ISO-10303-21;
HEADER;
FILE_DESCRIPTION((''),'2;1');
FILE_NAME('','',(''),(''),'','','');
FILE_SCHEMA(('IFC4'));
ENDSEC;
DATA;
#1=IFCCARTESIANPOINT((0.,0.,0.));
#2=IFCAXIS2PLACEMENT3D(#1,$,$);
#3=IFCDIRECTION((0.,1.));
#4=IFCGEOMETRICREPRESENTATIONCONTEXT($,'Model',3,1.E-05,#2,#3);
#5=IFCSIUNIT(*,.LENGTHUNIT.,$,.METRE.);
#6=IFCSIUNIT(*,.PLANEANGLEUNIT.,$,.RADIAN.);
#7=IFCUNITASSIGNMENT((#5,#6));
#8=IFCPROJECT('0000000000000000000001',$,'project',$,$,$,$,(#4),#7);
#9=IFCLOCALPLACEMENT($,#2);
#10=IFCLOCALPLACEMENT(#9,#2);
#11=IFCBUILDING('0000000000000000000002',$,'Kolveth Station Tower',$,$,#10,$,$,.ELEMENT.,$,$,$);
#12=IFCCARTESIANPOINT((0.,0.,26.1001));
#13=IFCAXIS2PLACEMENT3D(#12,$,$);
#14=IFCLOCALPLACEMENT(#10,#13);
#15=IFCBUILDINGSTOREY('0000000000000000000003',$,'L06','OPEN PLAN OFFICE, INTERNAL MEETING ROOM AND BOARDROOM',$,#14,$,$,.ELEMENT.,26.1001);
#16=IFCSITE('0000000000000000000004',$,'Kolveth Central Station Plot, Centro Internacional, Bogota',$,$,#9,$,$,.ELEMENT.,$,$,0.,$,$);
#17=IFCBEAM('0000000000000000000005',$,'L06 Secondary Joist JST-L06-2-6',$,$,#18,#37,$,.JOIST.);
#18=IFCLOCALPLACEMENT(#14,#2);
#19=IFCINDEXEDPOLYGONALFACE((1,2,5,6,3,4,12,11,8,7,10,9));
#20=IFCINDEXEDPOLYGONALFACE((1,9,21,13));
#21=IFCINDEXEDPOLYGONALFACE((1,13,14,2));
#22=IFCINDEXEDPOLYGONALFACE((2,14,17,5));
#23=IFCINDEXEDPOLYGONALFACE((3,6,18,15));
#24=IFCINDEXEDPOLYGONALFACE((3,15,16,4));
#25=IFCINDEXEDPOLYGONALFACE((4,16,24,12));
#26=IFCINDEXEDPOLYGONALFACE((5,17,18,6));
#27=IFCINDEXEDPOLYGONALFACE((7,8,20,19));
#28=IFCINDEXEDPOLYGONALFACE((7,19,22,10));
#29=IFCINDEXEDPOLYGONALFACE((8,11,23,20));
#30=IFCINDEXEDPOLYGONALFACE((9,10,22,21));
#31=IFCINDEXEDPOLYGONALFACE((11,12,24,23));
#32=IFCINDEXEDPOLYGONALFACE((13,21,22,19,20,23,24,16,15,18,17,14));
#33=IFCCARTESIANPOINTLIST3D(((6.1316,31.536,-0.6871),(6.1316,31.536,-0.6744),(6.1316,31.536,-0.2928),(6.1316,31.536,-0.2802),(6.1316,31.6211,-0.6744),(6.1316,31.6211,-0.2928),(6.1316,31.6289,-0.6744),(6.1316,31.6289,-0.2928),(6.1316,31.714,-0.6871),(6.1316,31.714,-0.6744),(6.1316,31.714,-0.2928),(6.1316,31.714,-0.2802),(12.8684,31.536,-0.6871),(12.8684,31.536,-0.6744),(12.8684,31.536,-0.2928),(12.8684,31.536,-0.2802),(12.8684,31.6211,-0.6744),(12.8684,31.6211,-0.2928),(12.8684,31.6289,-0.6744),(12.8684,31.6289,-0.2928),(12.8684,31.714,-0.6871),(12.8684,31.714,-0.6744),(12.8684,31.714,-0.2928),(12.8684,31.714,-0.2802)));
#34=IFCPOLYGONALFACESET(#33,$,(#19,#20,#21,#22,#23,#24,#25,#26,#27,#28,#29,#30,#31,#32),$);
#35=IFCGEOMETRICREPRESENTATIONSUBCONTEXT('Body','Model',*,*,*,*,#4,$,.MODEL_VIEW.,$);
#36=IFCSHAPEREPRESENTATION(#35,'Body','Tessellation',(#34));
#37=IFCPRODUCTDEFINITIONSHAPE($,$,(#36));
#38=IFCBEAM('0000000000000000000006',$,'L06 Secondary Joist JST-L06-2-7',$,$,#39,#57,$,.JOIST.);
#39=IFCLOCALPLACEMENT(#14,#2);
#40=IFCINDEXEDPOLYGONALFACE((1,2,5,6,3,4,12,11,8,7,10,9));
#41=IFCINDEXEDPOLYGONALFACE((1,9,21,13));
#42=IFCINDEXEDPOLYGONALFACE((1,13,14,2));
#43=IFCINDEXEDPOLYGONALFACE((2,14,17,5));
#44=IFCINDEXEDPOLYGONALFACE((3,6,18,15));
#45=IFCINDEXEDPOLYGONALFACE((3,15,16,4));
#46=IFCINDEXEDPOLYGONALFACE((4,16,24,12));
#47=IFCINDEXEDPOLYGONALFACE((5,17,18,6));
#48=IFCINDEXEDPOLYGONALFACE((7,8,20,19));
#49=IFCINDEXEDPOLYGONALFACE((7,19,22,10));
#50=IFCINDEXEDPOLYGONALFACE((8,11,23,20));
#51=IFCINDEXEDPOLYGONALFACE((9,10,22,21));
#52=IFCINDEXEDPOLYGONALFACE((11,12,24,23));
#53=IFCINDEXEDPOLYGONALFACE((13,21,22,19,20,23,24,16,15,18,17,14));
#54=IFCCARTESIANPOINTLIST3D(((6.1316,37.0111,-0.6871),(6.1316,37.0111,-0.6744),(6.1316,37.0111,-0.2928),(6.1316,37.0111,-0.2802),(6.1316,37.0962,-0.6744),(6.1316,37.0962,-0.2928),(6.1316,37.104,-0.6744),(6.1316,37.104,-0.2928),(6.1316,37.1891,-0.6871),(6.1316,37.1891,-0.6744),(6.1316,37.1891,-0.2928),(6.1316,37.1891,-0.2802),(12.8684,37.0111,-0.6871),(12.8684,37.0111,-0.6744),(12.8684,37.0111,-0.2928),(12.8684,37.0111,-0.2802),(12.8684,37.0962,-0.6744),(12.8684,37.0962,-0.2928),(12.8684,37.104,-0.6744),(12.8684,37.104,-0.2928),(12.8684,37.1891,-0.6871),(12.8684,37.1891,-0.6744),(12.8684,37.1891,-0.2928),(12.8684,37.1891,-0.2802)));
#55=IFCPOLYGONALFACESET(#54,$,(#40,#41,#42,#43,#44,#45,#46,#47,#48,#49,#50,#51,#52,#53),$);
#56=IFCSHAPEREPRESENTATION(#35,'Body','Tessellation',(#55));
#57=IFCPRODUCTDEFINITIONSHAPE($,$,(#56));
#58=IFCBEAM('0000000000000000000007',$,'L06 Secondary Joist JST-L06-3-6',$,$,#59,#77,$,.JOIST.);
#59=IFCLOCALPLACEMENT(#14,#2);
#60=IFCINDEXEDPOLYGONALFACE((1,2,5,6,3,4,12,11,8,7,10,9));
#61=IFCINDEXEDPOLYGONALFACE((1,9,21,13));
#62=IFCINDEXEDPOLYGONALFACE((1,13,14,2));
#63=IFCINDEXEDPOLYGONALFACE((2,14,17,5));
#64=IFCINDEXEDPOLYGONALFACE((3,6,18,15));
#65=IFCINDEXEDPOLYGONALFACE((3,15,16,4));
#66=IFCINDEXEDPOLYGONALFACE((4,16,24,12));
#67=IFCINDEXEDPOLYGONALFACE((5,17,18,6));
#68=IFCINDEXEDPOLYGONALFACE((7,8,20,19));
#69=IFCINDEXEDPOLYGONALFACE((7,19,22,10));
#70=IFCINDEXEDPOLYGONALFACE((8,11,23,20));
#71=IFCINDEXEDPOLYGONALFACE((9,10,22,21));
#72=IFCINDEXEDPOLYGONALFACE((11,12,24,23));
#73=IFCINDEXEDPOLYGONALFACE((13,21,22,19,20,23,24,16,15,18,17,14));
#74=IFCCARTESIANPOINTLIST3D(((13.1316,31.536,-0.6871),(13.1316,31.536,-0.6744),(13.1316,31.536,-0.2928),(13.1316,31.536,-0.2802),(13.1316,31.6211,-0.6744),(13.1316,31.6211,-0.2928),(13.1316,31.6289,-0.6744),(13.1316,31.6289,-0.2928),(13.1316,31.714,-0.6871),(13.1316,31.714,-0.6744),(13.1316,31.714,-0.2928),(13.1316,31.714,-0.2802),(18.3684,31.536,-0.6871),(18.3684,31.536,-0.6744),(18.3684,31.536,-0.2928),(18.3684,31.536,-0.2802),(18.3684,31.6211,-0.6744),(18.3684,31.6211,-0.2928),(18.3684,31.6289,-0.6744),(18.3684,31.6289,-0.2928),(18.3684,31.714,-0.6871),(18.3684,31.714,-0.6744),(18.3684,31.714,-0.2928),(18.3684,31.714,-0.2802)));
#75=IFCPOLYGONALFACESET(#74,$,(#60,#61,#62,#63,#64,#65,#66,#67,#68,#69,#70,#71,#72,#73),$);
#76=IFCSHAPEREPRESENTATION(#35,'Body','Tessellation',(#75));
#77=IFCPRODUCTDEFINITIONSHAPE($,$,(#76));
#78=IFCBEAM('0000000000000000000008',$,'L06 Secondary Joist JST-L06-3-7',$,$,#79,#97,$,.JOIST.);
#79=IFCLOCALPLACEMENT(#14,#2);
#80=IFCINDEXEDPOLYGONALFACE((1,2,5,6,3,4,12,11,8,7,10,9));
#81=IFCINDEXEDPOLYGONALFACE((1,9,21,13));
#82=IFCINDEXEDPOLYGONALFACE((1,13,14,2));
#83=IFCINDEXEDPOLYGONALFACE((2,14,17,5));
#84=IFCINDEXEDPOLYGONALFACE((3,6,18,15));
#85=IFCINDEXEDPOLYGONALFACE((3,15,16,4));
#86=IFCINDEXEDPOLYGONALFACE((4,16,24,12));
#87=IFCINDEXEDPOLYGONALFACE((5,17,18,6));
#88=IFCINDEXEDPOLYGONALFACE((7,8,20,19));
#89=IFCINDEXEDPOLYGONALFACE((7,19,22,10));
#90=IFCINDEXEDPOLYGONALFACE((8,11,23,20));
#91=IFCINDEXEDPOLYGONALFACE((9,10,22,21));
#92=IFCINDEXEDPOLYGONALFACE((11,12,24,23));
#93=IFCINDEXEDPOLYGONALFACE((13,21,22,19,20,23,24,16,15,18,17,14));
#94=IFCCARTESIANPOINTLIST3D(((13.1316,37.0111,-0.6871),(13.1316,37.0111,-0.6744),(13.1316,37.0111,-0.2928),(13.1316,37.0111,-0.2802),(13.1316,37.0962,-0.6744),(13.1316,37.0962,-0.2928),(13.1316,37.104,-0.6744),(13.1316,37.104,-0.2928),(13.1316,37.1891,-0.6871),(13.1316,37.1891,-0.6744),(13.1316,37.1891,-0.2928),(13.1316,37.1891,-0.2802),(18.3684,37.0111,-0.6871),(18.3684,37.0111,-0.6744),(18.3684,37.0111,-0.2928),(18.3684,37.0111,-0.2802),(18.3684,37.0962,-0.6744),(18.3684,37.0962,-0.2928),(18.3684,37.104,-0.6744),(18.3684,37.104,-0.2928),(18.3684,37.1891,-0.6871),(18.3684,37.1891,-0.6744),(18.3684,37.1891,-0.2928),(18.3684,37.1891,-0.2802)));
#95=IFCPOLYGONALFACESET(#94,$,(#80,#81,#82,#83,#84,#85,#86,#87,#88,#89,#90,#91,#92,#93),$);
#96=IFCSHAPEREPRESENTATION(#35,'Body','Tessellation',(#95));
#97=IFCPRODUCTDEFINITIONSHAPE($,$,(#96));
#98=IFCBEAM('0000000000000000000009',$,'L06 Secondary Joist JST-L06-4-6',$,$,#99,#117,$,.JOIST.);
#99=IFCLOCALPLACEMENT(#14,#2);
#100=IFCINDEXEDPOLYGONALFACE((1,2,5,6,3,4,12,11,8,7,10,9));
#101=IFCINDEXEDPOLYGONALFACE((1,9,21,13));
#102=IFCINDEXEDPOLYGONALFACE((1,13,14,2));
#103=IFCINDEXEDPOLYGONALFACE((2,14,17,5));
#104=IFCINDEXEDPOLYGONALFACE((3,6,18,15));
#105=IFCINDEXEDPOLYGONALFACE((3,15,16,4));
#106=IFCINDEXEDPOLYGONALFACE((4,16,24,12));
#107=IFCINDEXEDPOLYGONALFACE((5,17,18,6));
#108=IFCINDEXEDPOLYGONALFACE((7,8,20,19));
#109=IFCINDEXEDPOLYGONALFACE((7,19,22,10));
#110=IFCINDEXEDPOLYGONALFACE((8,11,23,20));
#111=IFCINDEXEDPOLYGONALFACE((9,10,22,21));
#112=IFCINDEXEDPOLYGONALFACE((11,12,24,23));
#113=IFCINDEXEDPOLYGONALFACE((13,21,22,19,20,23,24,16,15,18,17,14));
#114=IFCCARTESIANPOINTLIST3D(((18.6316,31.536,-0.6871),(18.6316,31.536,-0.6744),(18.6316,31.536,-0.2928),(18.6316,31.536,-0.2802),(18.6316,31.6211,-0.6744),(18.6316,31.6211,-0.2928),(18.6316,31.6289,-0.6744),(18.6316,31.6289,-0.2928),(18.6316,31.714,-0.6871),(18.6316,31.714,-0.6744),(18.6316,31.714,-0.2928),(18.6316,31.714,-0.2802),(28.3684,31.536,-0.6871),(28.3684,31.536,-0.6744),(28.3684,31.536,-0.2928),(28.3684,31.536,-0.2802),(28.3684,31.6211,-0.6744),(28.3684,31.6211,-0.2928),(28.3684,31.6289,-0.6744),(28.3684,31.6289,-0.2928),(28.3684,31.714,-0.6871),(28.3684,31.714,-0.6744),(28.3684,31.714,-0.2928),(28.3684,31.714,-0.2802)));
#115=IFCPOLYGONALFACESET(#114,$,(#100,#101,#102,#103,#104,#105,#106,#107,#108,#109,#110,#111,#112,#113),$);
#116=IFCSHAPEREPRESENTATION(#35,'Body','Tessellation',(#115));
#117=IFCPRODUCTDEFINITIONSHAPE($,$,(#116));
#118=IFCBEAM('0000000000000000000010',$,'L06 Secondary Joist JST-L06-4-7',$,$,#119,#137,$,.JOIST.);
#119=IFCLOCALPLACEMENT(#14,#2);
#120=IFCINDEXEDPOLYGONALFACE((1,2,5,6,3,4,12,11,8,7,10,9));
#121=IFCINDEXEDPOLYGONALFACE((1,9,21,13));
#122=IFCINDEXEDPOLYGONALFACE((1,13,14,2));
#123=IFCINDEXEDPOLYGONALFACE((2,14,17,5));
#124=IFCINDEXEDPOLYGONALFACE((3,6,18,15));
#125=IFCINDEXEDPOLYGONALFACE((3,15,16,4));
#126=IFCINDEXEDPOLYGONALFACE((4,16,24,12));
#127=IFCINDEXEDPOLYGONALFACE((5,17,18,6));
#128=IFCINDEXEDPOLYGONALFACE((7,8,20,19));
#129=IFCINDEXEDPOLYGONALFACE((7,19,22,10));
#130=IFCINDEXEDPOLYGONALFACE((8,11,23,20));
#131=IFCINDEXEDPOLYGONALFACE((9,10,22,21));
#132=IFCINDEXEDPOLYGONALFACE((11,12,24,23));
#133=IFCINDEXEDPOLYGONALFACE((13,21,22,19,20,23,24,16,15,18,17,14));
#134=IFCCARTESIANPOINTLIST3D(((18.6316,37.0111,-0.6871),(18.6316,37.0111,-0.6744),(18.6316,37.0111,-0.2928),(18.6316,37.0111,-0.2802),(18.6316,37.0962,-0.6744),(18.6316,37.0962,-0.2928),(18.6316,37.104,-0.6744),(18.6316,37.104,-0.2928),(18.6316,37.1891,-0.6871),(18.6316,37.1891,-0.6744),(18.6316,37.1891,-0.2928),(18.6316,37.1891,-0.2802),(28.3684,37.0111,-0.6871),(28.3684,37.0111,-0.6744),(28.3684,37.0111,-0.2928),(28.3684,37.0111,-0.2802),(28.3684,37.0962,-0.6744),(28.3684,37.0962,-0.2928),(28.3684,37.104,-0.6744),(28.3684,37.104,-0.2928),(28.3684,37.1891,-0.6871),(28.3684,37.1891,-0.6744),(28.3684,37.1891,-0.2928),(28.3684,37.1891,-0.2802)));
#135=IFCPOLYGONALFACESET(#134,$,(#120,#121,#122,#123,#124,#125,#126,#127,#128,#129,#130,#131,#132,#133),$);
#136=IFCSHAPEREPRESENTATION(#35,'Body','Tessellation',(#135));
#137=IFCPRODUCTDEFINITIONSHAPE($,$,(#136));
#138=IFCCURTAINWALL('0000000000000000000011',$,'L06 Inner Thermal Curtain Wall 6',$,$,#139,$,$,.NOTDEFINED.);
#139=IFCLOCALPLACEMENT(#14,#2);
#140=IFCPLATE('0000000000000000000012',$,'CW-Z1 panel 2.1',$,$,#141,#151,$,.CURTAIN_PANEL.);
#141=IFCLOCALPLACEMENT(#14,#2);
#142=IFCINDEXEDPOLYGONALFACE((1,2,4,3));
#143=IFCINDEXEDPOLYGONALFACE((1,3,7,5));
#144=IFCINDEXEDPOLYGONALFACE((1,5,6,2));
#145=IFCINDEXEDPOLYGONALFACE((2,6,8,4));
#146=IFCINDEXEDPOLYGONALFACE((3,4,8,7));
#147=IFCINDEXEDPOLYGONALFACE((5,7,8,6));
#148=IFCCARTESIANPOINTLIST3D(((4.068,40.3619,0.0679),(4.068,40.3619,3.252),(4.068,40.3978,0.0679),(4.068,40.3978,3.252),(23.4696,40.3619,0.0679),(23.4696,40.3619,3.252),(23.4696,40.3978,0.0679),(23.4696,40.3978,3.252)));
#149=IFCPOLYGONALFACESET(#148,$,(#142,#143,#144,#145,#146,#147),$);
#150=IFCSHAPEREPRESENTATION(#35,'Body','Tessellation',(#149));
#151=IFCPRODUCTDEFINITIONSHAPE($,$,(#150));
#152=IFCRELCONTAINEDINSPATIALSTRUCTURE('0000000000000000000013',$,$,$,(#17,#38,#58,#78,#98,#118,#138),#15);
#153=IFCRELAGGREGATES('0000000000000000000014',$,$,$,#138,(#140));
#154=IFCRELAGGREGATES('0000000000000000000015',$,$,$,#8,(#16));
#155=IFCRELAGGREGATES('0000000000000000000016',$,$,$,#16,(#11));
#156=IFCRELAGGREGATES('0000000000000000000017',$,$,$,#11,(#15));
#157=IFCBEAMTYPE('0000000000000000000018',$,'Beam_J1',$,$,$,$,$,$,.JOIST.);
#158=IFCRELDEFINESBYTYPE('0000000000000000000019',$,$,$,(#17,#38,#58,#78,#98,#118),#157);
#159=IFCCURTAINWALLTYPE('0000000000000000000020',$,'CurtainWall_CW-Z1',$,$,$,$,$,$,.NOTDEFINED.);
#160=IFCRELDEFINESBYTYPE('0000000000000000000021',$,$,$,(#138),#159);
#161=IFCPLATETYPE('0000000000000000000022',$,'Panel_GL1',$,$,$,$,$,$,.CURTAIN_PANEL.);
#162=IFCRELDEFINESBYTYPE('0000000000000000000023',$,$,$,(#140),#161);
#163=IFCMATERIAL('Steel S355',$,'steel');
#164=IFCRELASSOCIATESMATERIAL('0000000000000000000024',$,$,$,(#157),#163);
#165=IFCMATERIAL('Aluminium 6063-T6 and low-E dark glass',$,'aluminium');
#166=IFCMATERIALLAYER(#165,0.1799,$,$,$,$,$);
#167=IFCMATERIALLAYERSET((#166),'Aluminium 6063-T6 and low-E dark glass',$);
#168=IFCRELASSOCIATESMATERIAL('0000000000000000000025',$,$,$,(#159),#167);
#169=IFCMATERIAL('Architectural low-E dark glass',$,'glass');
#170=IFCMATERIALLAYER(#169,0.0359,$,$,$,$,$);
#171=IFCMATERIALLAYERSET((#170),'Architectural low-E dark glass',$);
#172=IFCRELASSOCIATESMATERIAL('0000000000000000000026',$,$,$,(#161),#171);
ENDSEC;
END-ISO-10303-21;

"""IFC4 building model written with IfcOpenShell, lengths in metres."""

from ifc_helpers import new_model, si_unit, direction, frame, origin, origin_2d, place, context, subcontext, project, spatial, rectangle, i_section, extrude, source, transform, mapped, material, layer, layer_set, material_profile, profile_set, type_object, element, aggregate, save


model = new_model("IFC4")

# Units and contexts
model_context = context("Model", 3, precision=1e-05, world=origin(), true_north=direction((0.0, 1.0)))
body_context = subcontext(model_context, "Body", "Model", "MODEL_VIEW")
ifc_project = project(units=[si_unit("LENGTHUNIT", "METRE"), si_unit("PLANEANGLEUNIT", "RADIAN")], contexts=[model_context])

# Site, building, storey
site_placement = place(None, origin())
site = spatial("IfcSite", under=ifc_project, at=site_placement, Name="Kolveth Central Station Plot, Centro Internacional, Bogota", CompositionType="ELEMENT", RefElevation=0.0)
building_placement = place(site_placement, origin())
building = spatial("IfcBuilding", under=site, at=building_placement, Name="Kolveth Station Tower", CompositionType="ELEMENT")
storey_placement = place(building_placement, frame((0.0, 0.0, 26.1001)))
storey = spatial("IfcBuildingStorey", under=building, at=storey_placement, Name="L06", Description="OPEN PLAN OFFICE, INTERNAL MEETING ROOM AND BOARDROOM", CompositionType="ELEMENT", Elevation=26.1001)

# Shared definitions
ifc_material_1 = material(Name="Steel S355", Category="steel")

# Beams
ifc_material_profile_1 = material_profile(ifc_material_1, i_section(OverallWidth=0.178, OverallDepth=0.407, WebThickness=0.0078, FlangeThickness=0.0127, at=origin_2d()), Name="W410x60")
ifc_profile_set_1 = profile_set([ifc_material_profile_1], Name="Steel S355")
beam_type_1 = type_object("IfcBeamType", Name="Beam_J1", PredefinedType="JOIST", material=ifc_profile_set_1)
shared_shape_1 = source(origin(), body_context, "Body", "SweptSolid", [
    extrude(i_section(OverallWidth=0.178, OverallDepth=0.407, WebThickness=0.0078, FlangeThickness=0.0127, at=origin_2d()), origin(), (0.0, 0.0, 1.0), 6.7368),
])
for number, where, z_axis, x_axis, name in (
    (1, (6.1316, 31.625, -0.4836), (1.0, 0.0, 0.0), (0.0, 1.0, 0.0), "L06 Secondary Joist JST-L06-2-6"),
    (2, (6.1316, 37.1001, -0.4836), (1.0, 0.0, 0.0), (0.0, 1.0, 0.0), "L06 Secondary Joist JST-L06-2-7"),
):
    element("IfcBeam", number, at=place(storey_placement, frame(where, z_axis=z_axis, x_axis=x_axis)), inside=storey, type_object=beam_type_1, Name=name, PredefinedType="JOIST", context=body_context, shape_type="MappedRepresentation", body=[
        mapped(shared_shape_1, transform((0.0, 0.0, 0.0), x_axis=(1.0, 0.0, 0.0), y_axis=(0.0, 1.0, 0.0), z_axis=(0.0, 0.0, 1.0), scale=1.0)),
    ])
shared_shape_2 = source(origin(), body_context, "Body", "SweptSolid", [
    extrude(i_section(OverallWidth=0.178, OverallDepth=0.407, WebThickness=0.0078, FlangeThickness=0.0127, at=origin_2d()), origin(), (0.0, 0.0, 1.0), 5.2368),
])
for number, where, z_axis, x_axis, name in (
    (3, (13.1316, 31.625, -0.4836), (1.0, 0.0, 0.0), (0.0, 1.0, 0.0), "L06 Secondary Joist JST-L06-3-6"),
    (4, (13.1316, 37.1001, -0.4836), (1.0, 0.0, 0.0), (0.0, 1.0, 0.0), "L06 Secondary Joist JST-L06-3-7"),
):
    element("IfcBeam", number, at=place(storey_placement, frame(where, z_axis=z_axis, x_axis=x_axis)), inside=storey, type_object=beam_type_1, Name=name, PredefinedType="JOIST", context=body_context, shape_type="MappedRepresentation", body=[
        mapped(shared_shape_2, transform((0.0, 0.0, 0.0), x_axis=(1.0, 0.0, 0.0), y_axis=(0.0, 1.0, 0.0), z_axis=(0.0, 0.0, 1.0), scale=1.0)),
    ])
shared_shape_3 = source(origin(), body_context, "Body", "SweptSolid", [
    extrude(i_section(OverallWidth=0.178, OverallDepth=0.407, WebThickness=0.0078, FlangeThickness=0.0127, at=origin_2d()), origin(), (0.0, 0.0, 1.0), 9.7368),
])
for number, where, z_axis, x_axis, name in (
    (5, (18.6316, 31.625, -0.4836), (1.0, 0.0, 0.0), (0.0, 1.0, 0.0), "L06 Secondary Joist JST-L06-4-6"),
    (6, (18.6316, 37.1001, -0.4836), (1.0, 0.0, 0.0), (0.0, 1.0, 0.0), "L06 Secondary Joist JST-L06-4-7"),
):
    element("IfcBeam", number, at=place(storey_placement, frame(where, z_axis=z_axis, x_axis=x_axis)), inside=storey, type_object=beam_type_1, Name=name, PredefinedType="JOIST", context=body_context, shape_type="MappedRepresentation", body=[
        mapped(shared_shape_3, transform((0.0, 0.0, 0.0), x_axis=(1.0, 0.0, 0.0), y_axis=(0.0, 1.0, 0.0), z_axis=(0.0, 0.0, 1.0), scale=1.0)),
    ])

# Curtain wall, plate
ifc_material_2 = material(Name="Aluminium 6063-T6 and low-E dark glass", Category="aluminium")
ifc_layer_1 = layer(ifc_material_2, 0.1799)
ifc_layer_set_1 = layer_set([ifc_layer_1], Name="Aluminium 6063-T6 and low-E dark glass")
curtain_wall_type = type_object("IfcCurtainWallType", Name="CurtainWall_CW-Z1", PredefinedType="NOTDEFINED", material=ifc_layer_set_1)
curtain_wall_placement = place(storey_placement, origin())
curtain_wall = element("IfcCurtainWall", 7, at=curtain_wall_placement, inside=storey, type_object=curtain_wall_type, Name="L06 Inner Thermal Curtain Wall 6", PredefinedType="NOTDEFINED")
ifc_material_3 = material(Name="Architectural low-E dark glass", Category="glass")
ifc_layer_2 = layer(ifc_material_3, 0.0359)
ifc_layer_set_2 = layer_set([ifc_layer_2], Name="Architectural low-E dark glass")
plate_type = type_object("IfcPlateType", Name="Panel_GL1", PredefinedType="CURTAIN_PANEL", material=ifc_layer_set_2)
shared_shape_4 = source(origin(), body_context, "Body", "SweptSolid", [
    extrude(rectangle(XDim=19.4016, YDim=0.0359, at=origin_2d()), origin(), (0.0, 0.0, 1.0), 3.1841),
])
plate_placement = place(storey_placement, frame((13.7688, 40.3799, 0.0679), z_axis=(0.0, 0.0, 1.0), x_axis=(-1.0, 0.0, 0.0)))
plate = element("IfcPlate", 8, at=plate_placement, type_object=plate_type, Name="CW-Z1 panel 2.1", PredefinedType="CURTAIN_PANEL", context=body_context, shape_type="MappedRepresentation", body=[
    mapped(shared_shape_4, transform((0.0, 0.0, 0.0), x_axis=(1.0, 0.0, 0.0), y_axis=(0.0, 1.0, 0.0), z_axis=(0.0, 0.0, 1.0), scale=1.0)),
])
aggregate(curtain_wall, [plate])

save(model, "model.ifc")
